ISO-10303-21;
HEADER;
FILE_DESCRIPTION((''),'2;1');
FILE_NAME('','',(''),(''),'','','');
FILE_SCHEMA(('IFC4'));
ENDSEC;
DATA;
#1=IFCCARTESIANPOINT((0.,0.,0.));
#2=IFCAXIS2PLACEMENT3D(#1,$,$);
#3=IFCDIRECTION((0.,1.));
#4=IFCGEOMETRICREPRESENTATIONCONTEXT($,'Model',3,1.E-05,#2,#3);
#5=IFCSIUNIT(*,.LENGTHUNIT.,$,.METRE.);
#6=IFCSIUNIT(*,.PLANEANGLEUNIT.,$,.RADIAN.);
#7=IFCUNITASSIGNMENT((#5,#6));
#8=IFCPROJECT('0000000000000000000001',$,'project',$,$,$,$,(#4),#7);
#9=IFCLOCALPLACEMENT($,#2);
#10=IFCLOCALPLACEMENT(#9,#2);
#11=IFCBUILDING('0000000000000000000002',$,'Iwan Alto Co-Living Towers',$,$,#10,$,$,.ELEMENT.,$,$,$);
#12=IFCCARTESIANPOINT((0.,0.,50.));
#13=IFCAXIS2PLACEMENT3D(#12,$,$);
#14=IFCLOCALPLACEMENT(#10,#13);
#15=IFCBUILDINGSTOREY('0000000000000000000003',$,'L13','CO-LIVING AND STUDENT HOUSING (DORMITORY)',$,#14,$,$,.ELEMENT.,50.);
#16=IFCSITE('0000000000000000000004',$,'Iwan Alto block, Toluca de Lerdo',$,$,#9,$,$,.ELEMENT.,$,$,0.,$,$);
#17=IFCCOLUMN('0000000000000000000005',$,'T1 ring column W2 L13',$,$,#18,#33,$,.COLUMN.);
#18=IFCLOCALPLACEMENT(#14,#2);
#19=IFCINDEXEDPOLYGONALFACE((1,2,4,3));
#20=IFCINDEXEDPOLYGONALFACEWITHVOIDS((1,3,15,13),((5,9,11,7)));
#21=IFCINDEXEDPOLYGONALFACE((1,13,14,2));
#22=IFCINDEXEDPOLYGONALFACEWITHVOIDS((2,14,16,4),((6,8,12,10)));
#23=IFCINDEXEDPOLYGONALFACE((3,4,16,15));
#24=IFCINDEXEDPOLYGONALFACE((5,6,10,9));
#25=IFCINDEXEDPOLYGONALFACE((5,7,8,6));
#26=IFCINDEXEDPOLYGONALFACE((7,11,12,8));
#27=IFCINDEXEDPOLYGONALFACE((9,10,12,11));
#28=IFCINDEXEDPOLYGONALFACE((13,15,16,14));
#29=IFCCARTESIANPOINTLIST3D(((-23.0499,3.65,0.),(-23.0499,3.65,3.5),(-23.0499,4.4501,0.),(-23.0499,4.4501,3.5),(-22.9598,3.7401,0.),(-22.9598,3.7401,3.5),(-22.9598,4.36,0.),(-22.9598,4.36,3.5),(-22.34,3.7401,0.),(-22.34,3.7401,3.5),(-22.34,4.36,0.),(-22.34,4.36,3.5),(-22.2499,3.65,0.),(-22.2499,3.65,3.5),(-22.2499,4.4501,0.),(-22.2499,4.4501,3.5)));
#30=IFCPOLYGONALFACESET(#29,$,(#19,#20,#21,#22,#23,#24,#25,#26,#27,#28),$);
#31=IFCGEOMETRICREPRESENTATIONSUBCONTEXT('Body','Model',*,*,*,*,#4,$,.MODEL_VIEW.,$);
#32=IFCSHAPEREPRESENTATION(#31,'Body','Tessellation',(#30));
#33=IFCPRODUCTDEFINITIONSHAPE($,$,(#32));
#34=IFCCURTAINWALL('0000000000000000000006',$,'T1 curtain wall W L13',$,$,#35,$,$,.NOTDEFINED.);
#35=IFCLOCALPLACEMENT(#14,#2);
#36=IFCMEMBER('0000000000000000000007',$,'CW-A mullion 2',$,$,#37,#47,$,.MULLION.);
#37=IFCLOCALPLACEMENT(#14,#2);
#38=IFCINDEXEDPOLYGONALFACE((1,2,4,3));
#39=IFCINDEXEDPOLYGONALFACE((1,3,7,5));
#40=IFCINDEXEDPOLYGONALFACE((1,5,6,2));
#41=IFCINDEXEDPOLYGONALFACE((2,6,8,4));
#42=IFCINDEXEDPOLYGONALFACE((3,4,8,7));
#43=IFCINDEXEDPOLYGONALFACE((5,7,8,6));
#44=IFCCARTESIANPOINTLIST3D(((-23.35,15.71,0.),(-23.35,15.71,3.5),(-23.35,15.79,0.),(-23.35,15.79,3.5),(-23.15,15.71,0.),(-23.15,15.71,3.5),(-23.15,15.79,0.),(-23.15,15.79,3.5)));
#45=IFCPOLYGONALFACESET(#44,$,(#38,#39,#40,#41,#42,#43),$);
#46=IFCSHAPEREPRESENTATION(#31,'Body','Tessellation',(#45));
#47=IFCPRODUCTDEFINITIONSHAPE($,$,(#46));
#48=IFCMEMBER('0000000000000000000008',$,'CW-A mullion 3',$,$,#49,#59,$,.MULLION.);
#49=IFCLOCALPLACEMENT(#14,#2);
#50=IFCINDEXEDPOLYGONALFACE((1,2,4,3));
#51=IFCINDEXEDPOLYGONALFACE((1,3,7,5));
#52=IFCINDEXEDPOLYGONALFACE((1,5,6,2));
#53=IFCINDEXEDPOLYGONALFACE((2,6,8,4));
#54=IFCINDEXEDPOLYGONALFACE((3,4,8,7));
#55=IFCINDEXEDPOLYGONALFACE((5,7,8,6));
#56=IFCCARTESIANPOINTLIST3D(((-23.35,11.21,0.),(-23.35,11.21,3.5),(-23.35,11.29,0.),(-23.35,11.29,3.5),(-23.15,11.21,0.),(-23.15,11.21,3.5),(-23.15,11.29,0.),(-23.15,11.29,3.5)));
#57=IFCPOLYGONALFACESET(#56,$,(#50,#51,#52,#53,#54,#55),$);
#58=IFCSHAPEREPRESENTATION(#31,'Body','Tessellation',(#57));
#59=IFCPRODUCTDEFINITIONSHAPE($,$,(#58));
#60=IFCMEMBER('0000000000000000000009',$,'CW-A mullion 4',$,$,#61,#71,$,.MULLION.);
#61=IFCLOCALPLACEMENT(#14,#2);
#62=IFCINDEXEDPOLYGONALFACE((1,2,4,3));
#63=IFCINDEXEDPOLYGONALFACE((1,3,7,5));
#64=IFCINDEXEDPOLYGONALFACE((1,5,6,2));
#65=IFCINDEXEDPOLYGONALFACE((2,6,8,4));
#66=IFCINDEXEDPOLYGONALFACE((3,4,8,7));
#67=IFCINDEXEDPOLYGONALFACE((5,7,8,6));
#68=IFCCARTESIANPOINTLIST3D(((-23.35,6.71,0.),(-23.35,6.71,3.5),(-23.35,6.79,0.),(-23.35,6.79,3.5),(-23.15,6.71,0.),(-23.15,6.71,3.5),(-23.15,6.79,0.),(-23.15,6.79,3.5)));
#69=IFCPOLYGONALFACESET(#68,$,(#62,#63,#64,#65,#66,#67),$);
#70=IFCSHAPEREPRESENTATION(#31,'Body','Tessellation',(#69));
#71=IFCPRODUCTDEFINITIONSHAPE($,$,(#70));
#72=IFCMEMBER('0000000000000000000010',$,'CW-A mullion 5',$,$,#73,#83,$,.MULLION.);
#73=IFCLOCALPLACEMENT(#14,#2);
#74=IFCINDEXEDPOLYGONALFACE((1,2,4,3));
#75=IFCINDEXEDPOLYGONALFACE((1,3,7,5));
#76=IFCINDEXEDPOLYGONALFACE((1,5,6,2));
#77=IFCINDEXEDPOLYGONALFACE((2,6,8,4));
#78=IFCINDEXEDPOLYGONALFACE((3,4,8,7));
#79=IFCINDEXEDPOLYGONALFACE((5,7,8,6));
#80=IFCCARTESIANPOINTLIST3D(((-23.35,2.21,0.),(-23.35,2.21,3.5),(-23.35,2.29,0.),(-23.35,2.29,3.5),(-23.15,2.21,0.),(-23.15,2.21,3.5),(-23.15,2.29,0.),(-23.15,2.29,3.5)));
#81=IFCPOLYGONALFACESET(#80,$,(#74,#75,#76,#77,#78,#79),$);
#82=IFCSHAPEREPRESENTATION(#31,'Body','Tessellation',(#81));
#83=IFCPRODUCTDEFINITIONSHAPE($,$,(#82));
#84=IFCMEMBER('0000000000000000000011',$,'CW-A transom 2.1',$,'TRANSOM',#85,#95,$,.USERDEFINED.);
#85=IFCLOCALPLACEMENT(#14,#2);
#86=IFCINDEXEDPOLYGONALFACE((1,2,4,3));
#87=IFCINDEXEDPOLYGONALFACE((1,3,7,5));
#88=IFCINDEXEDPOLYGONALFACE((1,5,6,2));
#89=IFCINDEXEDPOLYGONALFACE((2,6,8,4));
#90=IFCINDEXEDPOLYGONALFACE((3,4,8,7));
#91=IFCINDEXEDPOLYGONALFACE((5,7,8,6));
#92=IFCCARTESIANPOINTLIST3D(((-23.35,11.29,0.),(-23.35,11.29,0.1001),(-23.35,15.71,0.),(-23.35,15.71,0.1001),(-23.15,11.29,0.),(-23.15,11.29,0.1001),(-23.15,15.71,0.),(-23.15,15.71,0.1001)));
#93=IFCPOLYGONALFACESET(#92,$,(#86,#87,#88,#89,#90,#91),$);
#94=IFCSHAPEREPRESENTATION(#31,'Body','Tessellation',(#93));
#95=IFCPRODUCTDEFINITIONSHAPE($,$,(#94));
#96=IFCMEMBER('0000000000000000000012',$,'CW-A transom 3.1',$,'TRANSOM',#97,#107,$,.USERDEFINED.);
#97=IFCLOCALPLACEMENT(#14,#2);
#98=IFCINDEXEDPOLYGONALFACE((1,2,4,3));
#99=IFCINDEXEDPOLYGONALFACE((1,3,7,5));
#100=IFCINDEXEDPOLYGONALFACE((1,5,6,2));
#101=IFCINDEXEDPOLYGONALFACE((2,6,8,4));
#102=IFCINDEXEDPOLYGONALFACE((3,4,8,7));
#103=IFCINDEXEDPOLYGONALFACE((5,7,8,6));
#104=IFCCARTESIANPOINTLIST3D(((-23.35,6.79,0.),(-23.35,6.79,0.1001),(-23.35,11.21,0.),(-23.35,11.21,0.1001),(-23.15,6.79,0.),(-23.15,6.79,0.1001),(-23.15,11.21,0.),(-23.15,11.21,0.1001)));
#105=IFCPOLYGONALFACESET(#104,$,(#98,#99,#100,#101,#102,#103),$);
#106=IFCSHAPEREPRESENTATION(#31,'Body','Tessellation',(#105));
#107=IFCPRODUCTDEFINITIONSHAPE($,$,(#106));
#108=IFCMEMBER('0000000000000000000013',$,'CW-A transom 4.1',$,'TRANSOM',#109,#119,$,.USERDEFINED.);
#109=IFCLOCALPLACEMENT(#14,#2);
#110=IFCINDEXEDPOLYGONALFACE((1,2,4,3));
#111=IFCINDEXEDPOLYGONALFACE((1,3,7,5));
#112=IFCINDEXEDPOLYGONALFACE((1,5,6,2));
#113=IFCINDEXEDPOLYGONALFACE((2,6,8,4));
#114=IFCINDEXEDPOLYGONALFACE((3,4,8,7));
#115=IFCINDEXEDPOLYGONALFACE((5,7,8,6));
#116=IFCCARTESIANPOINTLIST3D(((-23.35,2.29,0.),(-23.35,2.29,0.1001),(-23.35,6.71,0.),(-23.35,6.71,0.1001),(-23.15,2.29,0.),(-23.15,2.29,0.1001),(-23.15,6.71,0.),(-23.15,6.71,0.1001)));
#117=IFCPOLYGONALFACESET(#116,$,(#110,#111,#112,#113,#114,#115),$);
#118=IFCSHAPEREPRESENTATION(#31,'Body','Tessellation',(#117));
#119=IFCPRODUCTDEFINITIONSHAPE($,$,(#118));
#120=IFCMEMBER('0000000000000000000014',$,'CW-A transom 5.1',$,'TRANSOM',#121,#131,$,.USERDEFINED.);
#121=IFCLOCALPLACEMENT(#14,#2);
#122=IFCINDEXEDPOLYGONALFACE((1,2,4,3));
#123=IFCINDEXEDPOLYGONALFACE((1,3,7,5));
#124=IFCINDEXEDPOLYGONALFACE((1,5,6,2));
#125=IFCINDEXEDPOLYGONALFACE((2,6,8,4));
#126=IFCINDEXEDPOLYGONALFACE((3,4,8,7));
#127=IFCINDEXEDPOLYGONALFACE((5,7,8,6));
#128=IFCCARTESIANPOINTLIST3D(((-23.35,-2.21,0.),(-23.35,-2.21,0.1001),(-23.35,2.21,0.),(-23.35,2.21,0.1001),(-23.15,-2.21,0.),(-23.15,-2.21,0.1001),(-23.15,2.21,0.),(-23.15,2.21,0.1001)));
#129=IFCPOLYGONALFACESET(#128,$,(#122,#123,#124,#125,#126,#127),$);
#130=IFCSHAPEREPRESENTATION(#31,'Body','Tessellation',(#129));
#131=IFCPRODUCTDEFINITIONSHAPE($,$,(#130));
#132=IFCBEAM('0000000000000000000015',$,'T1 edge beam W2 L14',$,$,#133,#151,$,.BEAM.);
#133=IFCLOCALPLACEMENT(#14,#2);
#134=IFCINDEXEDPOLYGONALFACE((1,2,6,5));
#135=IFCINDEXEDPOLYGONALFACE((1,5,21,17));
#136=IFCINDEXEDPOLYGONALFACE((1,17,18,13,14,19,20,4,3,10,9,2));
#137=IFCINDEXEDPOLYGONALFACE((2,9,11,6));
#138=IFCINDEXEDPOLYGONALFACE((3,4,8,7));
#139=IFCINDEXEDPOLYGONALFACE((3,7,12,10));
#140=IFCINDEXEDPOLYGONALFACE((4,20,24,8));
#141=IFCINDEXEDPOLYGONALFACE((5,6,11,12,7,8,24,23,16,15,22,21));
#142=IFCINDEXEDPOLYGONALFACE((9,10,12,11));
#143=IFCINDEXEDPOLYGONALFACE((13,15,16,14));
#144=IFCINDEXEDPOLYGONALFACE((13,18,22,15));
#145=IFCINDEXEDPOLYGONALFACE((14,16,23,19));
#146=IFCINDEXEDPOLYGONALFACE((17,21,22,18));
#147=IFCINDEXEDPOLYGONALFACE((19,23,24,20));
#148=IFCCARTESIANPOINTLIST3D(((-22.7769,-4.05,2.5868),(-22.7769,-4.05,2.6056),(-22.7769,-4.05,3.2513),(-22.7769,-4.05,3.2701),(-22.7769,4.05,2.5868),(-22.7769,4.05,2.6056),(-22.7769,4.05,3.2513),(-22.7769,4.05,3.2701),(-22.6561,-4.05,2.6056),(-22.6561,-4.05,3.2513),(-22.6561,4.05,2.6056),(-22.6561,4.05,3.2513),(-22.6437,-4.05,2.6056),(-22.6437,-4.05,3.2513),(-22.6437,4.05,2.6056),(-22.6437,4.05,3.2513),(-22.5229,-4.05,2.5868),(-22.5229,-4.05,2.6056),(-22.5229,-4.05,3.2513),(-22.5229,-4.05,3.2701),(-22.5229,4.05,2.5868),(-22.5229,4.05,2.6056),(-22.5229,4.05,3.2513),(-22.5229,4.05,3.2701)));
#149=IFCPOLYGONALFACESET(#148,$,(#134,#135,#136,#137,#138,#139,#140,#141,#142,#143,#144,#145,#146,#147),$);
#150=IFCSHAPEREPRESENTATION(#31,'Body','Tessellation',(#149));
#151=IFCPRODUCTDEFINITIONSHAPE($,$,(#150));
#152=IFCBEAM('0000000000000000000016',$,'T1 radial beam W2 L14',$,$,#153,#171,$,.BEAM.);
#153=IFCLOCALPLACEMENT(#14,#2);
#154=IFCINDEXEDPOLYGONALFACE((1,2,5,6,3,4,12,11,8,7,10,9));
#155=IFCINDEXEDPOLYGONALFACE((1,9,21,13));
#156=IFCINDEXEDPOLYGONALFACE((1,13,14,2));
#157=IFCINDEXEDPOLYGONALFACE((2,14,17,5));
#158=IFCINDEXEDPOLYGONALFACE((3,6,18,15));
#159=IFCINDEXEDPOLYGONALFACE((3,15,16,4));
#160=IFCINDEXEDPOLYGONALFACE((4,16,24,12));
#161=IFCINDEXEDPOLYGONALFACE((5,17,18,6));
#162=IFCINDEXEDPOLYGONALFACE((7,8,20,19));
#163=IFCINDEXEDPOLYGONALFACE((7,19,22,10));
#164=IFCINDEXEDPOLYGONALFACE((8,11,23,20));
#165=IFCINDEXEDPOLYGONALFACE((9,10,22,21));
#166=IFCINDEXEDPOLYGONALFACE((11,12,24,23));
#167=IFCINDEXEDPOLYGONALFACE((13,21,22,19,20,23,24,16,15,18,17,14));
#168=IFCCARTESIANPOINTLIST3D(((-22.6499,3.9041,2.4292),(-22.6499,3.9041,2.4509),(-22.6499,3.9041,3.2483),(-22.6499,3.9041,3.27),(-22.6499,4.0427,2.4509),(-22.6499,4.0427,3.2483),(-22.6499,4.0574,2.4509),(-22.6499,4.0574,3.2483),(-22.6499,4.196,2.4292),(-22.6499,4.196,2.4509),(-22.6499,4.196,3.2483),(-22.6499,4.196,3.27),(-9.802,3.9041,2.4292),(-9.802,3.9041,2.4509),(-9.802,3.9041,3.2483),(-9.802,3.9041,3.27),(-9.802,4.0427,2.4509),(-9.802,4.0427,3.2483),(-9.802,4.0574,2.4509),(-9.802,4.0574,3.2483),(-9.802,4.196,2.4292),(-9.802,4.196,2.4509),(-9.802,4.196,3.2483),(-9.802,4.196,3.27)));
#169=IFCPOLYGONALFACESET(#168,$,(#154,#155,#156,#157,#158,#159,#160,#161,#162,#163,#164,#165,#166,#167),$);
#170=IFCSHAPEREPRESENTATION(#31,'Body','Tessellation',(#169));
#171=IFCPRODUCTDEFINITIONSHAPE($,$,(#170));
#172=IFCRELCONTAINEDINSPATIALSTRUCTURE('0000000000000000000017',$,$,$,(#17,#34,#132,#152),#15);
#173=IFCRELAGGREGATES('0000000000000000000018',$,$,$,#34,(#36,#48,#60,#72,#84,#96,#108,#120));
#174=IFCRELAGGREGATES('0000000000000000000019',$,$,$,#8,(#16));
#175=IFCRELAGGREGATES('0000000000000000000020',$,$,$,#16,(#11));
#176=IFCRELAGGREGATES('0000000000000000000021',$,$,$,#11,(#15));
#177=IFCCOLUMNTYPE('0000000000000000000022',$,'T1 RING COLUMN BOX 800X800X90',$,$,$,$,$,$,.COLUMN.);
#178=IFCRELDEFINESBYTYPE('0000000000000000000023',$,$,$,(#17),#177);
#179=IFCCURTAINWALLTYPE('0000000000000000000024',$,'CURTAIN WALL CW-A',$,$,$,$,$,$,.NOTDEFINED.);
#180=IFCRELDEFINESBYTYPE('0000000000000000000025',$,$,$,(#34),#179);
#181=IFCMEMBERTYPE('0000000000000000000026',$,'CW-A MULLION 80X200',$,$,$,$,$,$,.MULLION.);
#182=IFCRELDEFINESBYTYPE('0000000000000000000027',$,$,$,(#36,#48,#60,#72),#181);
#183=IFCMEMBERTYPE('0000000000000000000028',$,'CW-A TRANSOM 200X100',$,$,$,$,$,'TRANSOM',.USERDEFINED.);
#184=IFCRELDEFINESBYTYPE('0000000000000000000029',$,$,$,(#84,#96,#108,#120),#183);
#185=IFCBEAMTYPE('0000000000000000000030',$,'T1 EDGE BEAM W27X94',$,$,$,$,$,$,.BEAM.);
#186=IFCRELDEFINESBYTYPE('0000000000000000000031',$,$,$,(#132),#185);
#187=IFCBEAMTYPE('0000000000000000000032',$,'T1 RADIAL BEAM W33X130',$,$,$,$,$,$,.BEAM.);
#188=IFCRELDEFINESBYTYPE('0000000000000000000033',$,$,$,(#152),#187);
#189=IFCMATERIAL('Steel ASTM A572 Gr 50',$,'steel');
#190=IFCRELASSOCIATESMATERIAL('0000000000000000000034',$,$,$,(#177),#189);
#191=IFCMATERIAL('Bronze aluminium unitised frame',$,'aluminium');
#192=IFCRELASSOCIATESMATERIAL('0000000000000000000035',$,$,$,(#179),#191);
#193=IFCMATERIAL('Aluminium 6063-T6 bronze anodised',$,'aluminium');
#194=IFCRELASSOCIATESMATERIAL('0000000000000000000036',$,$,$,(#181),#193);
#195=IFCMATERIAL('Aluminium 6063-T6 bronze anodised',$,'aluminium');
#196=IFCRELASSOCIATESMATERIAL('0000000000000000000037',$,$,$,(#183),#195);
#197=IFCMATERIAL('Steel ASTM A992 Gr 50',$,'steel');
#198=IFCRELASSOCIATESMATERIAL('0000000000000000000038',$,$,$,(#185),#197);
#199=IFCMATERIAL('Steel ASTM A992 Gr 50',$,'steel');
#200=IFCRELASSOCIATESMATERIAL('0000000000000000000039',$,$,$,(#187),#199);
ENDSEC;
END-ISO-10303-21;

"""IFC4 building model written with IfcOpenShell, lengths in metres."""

from ifc_helpers import new_model, si_unit, direction, frame, origin, origin_2d, place, context, subcontext, project, spatial, rectangle, hollow_rectangle, i_section, extrude, material, material_profile, profile_set, type_object, element, aggregate, save


model = new_model("IFC4")

# Units and contexts
model_context = context("Model", 3, precision=1e-05, world=origin(), true_north=direction((0.0, 1.0)))
body_context = subcontext(model_context, "Body", "Model", "MODEL_VIEW")
ifc_project = project(units=[si_unit("LENGTHUNIT", "METRE"), si_unit("PLANEANGLEUNIT", "RADIAN")], contexts=[model_context])

# Site, building, storey
site_placement = place(None, origin())
site = spatial("IfcSite", under=ifc_project, at=site_placement, Name="Iwan Alto block, Toluca de Lerdo", CompositionType="ELEMENT", RefElevation=0.0)
building_placement = place(site_placement, origin())
building = spatial("IfcBuilding", under=site, at=building_placement, Name="Iwan Alto Co-Living Towers", CompositionType="ELEMENT")
storey_placement = place(building_placement, frame((0.0, 0.0, 50.0)))
storey = spatial("IfcBuildingStorey", under=building, at=storey_placement, Name="L13", Description="CO-LIVING AND STUDENT HOUSING (DORMITORY)", CompositionType="ELEMENT", Elevation=50.0)

# Column
ifc_material_1 = material(Name="Steel ASTM A572 Gr 50", Category="steel")
ifc_material_profile_1 = material_profile(ifc_material_1, hollow_rectangle(XDim=0.8, YDim=0.8, WallThickness=0.0901, at=origin_2d()), Name="BOX 800X800X90")
ifc_profile_set_1 = profile_set([ifc_material_profile_1], Name="Steel ASTM A572 Gr 50")
column_type = type_object("IfcColumnType", Name="T1 RING COLUMN BOX 800X800X90", PredefinedType="COLUMN", material=ifc_profile_set_1)
column_placement = place(storey_placement, frame((-22.6499, 4.05, 0.0), z_axis=(0.0, 0.0, 1.0), x_axis=(1.0, 0.0, 0.0)))
element("IfcColumn", 1, at=column_placement, inside=storey, type_object=column_type, Name="T1 ring column W2 L13", PredefinedType="COLUMN", context=body_context, shape_type="SweptSolid", body=[
    extrude(hollow_rectangle(XDim=0.8, YDim=0.8, WallThickness=0.0901, at=origin_2d()), origin(), (0.0, 0.0, 1.0), 3.5),
])

# Curtain wall, members
ifc_material_2 = material(Name="Bronze aluminium unitised frame", Category="aluminium")
curtain_wall_type = type_object("IfcCurtainWallType", Name="CURTAIN WALL CW-A", PredefinedType="NOTDEFINED", material=ifc_material_2)
curtain_wall_placement = place(storey_placement, origin())
curtain_wall = element("IfcCurtainWall", 2, at=curtain_wall_placement, inside=storey, type_object=curtain_wall_type, Name="T1 curtain wall W L13", PredefinedType="NOTDEFINED")
ifc_material_3 = material(Name="Aluminium 6063-T6 bronze anodised", Category="aluminium")
ifc_material_profile_2 = material_profile(ifc_material_3, rectangle(XDim=0.2, YDim=0.0801, at=origin_2d()), Name="AL 80X200")
ifc_profile_set_2 = profile_set([ifc_material_profile_2], Name="Aluminium 6063-T6 bronze anodised")
member_type_1 = type_object("IfcMemberType", Name="CW-A MULLION 80X200", PredefinedType="MULLION", material=ifc_profile_set_2)
member_1_placement = place(storey_placement, frame((-23.25, 15.75, 0.0), z_axis=(0.0, 0.0, 1.0), x_axis=(1.0, 0.0, 0.0)))
member_1 = element("IfcMember", 3, at=member_1_placement, type_object=member_type_1, Name="CW-A mullion 2", PredefinedType="MULLION", context=body_context, shape_type="SweptSolid", body=[
    extrude(rectangle(XDim=0.2, YDim=0.0801, at=origin_2d()), origin(), (0.0, 0.0, 1.0), 3.5),
])
member_2_placement = place(storey_placement, frame((-23.25, 11.25, 0.0), z_axis=(0.0, 0.0, 1.0), x_axis=(1.0, 0.0, 0.0)))
member_2 = element("IfcMember", 4, at=member_2_placement, type_object=member_type_1, Name="CW-A mullion 3", PredefinedType="MULLION", context=body_context, shape_type="SweptSolid", body=[
    extrude(rectangle(XDim=0.2, YDim=0.0801, at=origin_2d()), origin(), (0.0, 0.0, 1.0), 3.5),
])
member_3_placement = place(storey_placement, frame((-23.25, 6.75, 0.0), z_axis=(0.0, 0.0, 1.0), x_axis=(1.0, 0.0, 0.0)))
member_3 = element("IfcMember", 5, at=member_3_placement, type_object=member_type_1, Name="CW-A mullion 4", PredefinedType="MULLION", context=body_context, shape_type="SweptSolid", body=[
    extrude(rectangle(XDim=0.2, YDim=0.0801, at=origin_2d()), origin(), (0.0, 0.0, 1.0), 3.5),
])
member_4_placement = place(storey_placement, frame((-23.25, 2.25, 0.0), z_axis=(0.0, 0.0, 1.0), x_axis=(1.0, 0.0, 0.0)))
member_4 = element("IfcMember", 6, at=member_4_placement, type_object=member_type_1, Name="CW-A mullion 5", PredefinedType="MULLION", context=body_context, shape_type="SweptSolid", body=[
    extrude(rectangle(XDim=0.2, YDim=0.0801, at=origin_2d()), origin(), (0.0, 0.0, 1.0), 3.5),
])
ifc_material_4 = material(Name="Aluminium 6063-T6 bronze anodised", Category="aluminium")
ifc_material_profile_3 = material_profile(ifc_material_4, rectangle(XDim=0.2, YDim=0.1001, at=origin_2d()), Name="AL 200X100")
ifc_profile_set_3 = profile_set([ifc_material_profile_3], Name="Aluminium 6063-T6 bronze anodised")
member_type_2 = type_object("IfcMemberType", Name="CW-A TRANSOM 200X100", ElementType="TRANSOM", PredefinedType="USERDEFINED", material=ifc_profile_set_3)
member_5_placement = place(storey_placement, frame((-23.25, 15.71, 0.05), z_axis=(0.0, -1.0, 0.0), x_axis=(1.0, 0.0, 0.0)))
member_5 = element("IfcMember", 7, at=member_5_placement, type_object=member_type_2, Name="CW-A transom 2.1", ObjectType="TRANSOM", PredefinedType="USERDEFINED", context=body_context, shape_type="SweptSolid", body=[
    extrude(rectangle(XDim=0.2, YDim=0.1001, at=origin_2d()), origin(), (0.0, 0.0, 1.0), 4.4199),
])
member_6_placement = place(storey_placement, frame((-23.25, 11.21, 0.05), z_axis=(0.0, -1.0, 0.0), x_axis=(1.0, 0.0, 0.0)))
member_6 = element("IfcMember", 8, at=member_6_placement, type_object=member_type_2, Name="CW-A transom 3.1", ObjectType="TRANSOM", PredefinedType="USERDEFINED", context=body_context, shape_type="SweptSolid", body=[
    extrude(rectangle(XDim=0.2, YDim=0.1001, at=origin_2d()), origin(), (0.0, 0.0, 1.0), 4.4199),
])
member_7_placement = place(storey_placement, frame((-23.25, 6.71, 0.05), z_axis=(0.0, -1.0, 0.0), x_axis=(1.0, 0.0, 0.0)))
member_7 = element("IfcMember", 9, at=member_7_placement, type_object=member_type_2, Name="CW-A transom 4.1", ObjectType="TRANSOM", PredefinedType="USERDEFINED", context=body_context, shape_type="SweptSolid", body=[
    extrude(rectangle(XDim=0.2, YDim=0.1001, at=origin_2d()), origin(), (0.0, 0.0, 1.0), 4.4199),
])
member_8_placement = place(storey_placement, frame((-23.25, 2.21, 0.05), z_axis=(0.0, -1.0, 0.0), x_axis=(1.0, 0.0, 0.0)))
member_8 = element("IfcMember", 10, at=member_8_placement, type_object=member_type_2, Name="CW-A transom 5.1", ObjectType="TRANSOM", PredefinedType="USERDEFINED", context=body_context, shape_type="SweptSolid", body=[
    extrude(rectangle(XDim=0.2, YDim=0.1001, at=origin_2d()), origin(), (0.0, 0.0, 1.0), 4.4199),
])

# Beams
ifc_material_5 = material(Name="Steel ASTM A992 Gr 50", Category="steel")
ifc_material_profile_4 = material_profile(ifc_material_5, i_section(OverallWidth=0.2539, OverallDepth=0.6833, WebThickness=0.0125, FlangeThickness=0.0188, at=origin_2d()), Name="W27X94")
ifc_profile_set_4 = profile_set([ifc_material_profile_4], Name="Steel ASTM A992 Gr 50")
beam_type_1 = type_object("IfcBeamType", Name="T1 EDGE BEAM W27X94", PredefinedType="BEAM", material=ifc_profile_set_4)
beam_1_placement = place(storey_placement, frame((-22.6499, 4.05, 2.9285), z_axis=(0.0, -1.0, 0.0), x_axis=(1.0, 0.0, 0.0)))
element("IfcBeam", 11, at=beam_1_placement, inside=storey, type_object=beam_type_1, Name="T1 edge beam W2 L14", PredefinedType="BEAM", context=body_context, shape_type="SweptSolid", body=[
    extrude(i_section(OverallWidth=0.2539, OverallDepth=0.6833, WebThickness=0.0125, FlangeThickness=0.0188, at=origin_2d()), origin(), (0.0, 0.0, 1.0), 8.1001),
])
ifc_material_6 = material(Name="Steel ASTM A992 Gr 50", Category="steel")
ifc_material_profile_5 = material_profile(ifc_material_6, i_section(OverallWidth=0.292, OverallDepth=0.8408, WebThickness=0.0146, FlangeThickness=0.0217, at=origin_2d()), Name="W33X130")
ifc_profile_set_5 = profile_set([ifc_material_profile_5], Name="Steel ASTM A992 Gr 50")
beam_type_2 = type_object("IfcBeamType", Name="T1 RADIAL BEAM W33X130", PredefinedType="BEAM", material=ifc_profile_set_5)
beam_2_placement = place(storey_placement, frame((-22.6499, 4.05, 2.8496), z_axis=(1.0, 0.0, 0.0), x_axis=(0.0, 1.0, 0.0)))
element("IfcBeam", 12, at=beam_2_placement, inside=storey, type_object=beam_type_2, Name="T1 radial beam W2 L14", PredefinedType="BEAM", context=body_context, shape_type="SweptSolid", body=[
    extrude(i_section(OverallWidth=0.292, OverallDepth=0.8408, WebThickness=0.0146, FlangeThickness=0.0217, at=origin_2d()), origin(), (0.0, 0.0, 1.0), 12.8479),
])

aggregate(curtain_wall, [member_1, member_2, member_3, member_4, member_5, member_6, member_7, member_8])

save(model, "model.ifc")
